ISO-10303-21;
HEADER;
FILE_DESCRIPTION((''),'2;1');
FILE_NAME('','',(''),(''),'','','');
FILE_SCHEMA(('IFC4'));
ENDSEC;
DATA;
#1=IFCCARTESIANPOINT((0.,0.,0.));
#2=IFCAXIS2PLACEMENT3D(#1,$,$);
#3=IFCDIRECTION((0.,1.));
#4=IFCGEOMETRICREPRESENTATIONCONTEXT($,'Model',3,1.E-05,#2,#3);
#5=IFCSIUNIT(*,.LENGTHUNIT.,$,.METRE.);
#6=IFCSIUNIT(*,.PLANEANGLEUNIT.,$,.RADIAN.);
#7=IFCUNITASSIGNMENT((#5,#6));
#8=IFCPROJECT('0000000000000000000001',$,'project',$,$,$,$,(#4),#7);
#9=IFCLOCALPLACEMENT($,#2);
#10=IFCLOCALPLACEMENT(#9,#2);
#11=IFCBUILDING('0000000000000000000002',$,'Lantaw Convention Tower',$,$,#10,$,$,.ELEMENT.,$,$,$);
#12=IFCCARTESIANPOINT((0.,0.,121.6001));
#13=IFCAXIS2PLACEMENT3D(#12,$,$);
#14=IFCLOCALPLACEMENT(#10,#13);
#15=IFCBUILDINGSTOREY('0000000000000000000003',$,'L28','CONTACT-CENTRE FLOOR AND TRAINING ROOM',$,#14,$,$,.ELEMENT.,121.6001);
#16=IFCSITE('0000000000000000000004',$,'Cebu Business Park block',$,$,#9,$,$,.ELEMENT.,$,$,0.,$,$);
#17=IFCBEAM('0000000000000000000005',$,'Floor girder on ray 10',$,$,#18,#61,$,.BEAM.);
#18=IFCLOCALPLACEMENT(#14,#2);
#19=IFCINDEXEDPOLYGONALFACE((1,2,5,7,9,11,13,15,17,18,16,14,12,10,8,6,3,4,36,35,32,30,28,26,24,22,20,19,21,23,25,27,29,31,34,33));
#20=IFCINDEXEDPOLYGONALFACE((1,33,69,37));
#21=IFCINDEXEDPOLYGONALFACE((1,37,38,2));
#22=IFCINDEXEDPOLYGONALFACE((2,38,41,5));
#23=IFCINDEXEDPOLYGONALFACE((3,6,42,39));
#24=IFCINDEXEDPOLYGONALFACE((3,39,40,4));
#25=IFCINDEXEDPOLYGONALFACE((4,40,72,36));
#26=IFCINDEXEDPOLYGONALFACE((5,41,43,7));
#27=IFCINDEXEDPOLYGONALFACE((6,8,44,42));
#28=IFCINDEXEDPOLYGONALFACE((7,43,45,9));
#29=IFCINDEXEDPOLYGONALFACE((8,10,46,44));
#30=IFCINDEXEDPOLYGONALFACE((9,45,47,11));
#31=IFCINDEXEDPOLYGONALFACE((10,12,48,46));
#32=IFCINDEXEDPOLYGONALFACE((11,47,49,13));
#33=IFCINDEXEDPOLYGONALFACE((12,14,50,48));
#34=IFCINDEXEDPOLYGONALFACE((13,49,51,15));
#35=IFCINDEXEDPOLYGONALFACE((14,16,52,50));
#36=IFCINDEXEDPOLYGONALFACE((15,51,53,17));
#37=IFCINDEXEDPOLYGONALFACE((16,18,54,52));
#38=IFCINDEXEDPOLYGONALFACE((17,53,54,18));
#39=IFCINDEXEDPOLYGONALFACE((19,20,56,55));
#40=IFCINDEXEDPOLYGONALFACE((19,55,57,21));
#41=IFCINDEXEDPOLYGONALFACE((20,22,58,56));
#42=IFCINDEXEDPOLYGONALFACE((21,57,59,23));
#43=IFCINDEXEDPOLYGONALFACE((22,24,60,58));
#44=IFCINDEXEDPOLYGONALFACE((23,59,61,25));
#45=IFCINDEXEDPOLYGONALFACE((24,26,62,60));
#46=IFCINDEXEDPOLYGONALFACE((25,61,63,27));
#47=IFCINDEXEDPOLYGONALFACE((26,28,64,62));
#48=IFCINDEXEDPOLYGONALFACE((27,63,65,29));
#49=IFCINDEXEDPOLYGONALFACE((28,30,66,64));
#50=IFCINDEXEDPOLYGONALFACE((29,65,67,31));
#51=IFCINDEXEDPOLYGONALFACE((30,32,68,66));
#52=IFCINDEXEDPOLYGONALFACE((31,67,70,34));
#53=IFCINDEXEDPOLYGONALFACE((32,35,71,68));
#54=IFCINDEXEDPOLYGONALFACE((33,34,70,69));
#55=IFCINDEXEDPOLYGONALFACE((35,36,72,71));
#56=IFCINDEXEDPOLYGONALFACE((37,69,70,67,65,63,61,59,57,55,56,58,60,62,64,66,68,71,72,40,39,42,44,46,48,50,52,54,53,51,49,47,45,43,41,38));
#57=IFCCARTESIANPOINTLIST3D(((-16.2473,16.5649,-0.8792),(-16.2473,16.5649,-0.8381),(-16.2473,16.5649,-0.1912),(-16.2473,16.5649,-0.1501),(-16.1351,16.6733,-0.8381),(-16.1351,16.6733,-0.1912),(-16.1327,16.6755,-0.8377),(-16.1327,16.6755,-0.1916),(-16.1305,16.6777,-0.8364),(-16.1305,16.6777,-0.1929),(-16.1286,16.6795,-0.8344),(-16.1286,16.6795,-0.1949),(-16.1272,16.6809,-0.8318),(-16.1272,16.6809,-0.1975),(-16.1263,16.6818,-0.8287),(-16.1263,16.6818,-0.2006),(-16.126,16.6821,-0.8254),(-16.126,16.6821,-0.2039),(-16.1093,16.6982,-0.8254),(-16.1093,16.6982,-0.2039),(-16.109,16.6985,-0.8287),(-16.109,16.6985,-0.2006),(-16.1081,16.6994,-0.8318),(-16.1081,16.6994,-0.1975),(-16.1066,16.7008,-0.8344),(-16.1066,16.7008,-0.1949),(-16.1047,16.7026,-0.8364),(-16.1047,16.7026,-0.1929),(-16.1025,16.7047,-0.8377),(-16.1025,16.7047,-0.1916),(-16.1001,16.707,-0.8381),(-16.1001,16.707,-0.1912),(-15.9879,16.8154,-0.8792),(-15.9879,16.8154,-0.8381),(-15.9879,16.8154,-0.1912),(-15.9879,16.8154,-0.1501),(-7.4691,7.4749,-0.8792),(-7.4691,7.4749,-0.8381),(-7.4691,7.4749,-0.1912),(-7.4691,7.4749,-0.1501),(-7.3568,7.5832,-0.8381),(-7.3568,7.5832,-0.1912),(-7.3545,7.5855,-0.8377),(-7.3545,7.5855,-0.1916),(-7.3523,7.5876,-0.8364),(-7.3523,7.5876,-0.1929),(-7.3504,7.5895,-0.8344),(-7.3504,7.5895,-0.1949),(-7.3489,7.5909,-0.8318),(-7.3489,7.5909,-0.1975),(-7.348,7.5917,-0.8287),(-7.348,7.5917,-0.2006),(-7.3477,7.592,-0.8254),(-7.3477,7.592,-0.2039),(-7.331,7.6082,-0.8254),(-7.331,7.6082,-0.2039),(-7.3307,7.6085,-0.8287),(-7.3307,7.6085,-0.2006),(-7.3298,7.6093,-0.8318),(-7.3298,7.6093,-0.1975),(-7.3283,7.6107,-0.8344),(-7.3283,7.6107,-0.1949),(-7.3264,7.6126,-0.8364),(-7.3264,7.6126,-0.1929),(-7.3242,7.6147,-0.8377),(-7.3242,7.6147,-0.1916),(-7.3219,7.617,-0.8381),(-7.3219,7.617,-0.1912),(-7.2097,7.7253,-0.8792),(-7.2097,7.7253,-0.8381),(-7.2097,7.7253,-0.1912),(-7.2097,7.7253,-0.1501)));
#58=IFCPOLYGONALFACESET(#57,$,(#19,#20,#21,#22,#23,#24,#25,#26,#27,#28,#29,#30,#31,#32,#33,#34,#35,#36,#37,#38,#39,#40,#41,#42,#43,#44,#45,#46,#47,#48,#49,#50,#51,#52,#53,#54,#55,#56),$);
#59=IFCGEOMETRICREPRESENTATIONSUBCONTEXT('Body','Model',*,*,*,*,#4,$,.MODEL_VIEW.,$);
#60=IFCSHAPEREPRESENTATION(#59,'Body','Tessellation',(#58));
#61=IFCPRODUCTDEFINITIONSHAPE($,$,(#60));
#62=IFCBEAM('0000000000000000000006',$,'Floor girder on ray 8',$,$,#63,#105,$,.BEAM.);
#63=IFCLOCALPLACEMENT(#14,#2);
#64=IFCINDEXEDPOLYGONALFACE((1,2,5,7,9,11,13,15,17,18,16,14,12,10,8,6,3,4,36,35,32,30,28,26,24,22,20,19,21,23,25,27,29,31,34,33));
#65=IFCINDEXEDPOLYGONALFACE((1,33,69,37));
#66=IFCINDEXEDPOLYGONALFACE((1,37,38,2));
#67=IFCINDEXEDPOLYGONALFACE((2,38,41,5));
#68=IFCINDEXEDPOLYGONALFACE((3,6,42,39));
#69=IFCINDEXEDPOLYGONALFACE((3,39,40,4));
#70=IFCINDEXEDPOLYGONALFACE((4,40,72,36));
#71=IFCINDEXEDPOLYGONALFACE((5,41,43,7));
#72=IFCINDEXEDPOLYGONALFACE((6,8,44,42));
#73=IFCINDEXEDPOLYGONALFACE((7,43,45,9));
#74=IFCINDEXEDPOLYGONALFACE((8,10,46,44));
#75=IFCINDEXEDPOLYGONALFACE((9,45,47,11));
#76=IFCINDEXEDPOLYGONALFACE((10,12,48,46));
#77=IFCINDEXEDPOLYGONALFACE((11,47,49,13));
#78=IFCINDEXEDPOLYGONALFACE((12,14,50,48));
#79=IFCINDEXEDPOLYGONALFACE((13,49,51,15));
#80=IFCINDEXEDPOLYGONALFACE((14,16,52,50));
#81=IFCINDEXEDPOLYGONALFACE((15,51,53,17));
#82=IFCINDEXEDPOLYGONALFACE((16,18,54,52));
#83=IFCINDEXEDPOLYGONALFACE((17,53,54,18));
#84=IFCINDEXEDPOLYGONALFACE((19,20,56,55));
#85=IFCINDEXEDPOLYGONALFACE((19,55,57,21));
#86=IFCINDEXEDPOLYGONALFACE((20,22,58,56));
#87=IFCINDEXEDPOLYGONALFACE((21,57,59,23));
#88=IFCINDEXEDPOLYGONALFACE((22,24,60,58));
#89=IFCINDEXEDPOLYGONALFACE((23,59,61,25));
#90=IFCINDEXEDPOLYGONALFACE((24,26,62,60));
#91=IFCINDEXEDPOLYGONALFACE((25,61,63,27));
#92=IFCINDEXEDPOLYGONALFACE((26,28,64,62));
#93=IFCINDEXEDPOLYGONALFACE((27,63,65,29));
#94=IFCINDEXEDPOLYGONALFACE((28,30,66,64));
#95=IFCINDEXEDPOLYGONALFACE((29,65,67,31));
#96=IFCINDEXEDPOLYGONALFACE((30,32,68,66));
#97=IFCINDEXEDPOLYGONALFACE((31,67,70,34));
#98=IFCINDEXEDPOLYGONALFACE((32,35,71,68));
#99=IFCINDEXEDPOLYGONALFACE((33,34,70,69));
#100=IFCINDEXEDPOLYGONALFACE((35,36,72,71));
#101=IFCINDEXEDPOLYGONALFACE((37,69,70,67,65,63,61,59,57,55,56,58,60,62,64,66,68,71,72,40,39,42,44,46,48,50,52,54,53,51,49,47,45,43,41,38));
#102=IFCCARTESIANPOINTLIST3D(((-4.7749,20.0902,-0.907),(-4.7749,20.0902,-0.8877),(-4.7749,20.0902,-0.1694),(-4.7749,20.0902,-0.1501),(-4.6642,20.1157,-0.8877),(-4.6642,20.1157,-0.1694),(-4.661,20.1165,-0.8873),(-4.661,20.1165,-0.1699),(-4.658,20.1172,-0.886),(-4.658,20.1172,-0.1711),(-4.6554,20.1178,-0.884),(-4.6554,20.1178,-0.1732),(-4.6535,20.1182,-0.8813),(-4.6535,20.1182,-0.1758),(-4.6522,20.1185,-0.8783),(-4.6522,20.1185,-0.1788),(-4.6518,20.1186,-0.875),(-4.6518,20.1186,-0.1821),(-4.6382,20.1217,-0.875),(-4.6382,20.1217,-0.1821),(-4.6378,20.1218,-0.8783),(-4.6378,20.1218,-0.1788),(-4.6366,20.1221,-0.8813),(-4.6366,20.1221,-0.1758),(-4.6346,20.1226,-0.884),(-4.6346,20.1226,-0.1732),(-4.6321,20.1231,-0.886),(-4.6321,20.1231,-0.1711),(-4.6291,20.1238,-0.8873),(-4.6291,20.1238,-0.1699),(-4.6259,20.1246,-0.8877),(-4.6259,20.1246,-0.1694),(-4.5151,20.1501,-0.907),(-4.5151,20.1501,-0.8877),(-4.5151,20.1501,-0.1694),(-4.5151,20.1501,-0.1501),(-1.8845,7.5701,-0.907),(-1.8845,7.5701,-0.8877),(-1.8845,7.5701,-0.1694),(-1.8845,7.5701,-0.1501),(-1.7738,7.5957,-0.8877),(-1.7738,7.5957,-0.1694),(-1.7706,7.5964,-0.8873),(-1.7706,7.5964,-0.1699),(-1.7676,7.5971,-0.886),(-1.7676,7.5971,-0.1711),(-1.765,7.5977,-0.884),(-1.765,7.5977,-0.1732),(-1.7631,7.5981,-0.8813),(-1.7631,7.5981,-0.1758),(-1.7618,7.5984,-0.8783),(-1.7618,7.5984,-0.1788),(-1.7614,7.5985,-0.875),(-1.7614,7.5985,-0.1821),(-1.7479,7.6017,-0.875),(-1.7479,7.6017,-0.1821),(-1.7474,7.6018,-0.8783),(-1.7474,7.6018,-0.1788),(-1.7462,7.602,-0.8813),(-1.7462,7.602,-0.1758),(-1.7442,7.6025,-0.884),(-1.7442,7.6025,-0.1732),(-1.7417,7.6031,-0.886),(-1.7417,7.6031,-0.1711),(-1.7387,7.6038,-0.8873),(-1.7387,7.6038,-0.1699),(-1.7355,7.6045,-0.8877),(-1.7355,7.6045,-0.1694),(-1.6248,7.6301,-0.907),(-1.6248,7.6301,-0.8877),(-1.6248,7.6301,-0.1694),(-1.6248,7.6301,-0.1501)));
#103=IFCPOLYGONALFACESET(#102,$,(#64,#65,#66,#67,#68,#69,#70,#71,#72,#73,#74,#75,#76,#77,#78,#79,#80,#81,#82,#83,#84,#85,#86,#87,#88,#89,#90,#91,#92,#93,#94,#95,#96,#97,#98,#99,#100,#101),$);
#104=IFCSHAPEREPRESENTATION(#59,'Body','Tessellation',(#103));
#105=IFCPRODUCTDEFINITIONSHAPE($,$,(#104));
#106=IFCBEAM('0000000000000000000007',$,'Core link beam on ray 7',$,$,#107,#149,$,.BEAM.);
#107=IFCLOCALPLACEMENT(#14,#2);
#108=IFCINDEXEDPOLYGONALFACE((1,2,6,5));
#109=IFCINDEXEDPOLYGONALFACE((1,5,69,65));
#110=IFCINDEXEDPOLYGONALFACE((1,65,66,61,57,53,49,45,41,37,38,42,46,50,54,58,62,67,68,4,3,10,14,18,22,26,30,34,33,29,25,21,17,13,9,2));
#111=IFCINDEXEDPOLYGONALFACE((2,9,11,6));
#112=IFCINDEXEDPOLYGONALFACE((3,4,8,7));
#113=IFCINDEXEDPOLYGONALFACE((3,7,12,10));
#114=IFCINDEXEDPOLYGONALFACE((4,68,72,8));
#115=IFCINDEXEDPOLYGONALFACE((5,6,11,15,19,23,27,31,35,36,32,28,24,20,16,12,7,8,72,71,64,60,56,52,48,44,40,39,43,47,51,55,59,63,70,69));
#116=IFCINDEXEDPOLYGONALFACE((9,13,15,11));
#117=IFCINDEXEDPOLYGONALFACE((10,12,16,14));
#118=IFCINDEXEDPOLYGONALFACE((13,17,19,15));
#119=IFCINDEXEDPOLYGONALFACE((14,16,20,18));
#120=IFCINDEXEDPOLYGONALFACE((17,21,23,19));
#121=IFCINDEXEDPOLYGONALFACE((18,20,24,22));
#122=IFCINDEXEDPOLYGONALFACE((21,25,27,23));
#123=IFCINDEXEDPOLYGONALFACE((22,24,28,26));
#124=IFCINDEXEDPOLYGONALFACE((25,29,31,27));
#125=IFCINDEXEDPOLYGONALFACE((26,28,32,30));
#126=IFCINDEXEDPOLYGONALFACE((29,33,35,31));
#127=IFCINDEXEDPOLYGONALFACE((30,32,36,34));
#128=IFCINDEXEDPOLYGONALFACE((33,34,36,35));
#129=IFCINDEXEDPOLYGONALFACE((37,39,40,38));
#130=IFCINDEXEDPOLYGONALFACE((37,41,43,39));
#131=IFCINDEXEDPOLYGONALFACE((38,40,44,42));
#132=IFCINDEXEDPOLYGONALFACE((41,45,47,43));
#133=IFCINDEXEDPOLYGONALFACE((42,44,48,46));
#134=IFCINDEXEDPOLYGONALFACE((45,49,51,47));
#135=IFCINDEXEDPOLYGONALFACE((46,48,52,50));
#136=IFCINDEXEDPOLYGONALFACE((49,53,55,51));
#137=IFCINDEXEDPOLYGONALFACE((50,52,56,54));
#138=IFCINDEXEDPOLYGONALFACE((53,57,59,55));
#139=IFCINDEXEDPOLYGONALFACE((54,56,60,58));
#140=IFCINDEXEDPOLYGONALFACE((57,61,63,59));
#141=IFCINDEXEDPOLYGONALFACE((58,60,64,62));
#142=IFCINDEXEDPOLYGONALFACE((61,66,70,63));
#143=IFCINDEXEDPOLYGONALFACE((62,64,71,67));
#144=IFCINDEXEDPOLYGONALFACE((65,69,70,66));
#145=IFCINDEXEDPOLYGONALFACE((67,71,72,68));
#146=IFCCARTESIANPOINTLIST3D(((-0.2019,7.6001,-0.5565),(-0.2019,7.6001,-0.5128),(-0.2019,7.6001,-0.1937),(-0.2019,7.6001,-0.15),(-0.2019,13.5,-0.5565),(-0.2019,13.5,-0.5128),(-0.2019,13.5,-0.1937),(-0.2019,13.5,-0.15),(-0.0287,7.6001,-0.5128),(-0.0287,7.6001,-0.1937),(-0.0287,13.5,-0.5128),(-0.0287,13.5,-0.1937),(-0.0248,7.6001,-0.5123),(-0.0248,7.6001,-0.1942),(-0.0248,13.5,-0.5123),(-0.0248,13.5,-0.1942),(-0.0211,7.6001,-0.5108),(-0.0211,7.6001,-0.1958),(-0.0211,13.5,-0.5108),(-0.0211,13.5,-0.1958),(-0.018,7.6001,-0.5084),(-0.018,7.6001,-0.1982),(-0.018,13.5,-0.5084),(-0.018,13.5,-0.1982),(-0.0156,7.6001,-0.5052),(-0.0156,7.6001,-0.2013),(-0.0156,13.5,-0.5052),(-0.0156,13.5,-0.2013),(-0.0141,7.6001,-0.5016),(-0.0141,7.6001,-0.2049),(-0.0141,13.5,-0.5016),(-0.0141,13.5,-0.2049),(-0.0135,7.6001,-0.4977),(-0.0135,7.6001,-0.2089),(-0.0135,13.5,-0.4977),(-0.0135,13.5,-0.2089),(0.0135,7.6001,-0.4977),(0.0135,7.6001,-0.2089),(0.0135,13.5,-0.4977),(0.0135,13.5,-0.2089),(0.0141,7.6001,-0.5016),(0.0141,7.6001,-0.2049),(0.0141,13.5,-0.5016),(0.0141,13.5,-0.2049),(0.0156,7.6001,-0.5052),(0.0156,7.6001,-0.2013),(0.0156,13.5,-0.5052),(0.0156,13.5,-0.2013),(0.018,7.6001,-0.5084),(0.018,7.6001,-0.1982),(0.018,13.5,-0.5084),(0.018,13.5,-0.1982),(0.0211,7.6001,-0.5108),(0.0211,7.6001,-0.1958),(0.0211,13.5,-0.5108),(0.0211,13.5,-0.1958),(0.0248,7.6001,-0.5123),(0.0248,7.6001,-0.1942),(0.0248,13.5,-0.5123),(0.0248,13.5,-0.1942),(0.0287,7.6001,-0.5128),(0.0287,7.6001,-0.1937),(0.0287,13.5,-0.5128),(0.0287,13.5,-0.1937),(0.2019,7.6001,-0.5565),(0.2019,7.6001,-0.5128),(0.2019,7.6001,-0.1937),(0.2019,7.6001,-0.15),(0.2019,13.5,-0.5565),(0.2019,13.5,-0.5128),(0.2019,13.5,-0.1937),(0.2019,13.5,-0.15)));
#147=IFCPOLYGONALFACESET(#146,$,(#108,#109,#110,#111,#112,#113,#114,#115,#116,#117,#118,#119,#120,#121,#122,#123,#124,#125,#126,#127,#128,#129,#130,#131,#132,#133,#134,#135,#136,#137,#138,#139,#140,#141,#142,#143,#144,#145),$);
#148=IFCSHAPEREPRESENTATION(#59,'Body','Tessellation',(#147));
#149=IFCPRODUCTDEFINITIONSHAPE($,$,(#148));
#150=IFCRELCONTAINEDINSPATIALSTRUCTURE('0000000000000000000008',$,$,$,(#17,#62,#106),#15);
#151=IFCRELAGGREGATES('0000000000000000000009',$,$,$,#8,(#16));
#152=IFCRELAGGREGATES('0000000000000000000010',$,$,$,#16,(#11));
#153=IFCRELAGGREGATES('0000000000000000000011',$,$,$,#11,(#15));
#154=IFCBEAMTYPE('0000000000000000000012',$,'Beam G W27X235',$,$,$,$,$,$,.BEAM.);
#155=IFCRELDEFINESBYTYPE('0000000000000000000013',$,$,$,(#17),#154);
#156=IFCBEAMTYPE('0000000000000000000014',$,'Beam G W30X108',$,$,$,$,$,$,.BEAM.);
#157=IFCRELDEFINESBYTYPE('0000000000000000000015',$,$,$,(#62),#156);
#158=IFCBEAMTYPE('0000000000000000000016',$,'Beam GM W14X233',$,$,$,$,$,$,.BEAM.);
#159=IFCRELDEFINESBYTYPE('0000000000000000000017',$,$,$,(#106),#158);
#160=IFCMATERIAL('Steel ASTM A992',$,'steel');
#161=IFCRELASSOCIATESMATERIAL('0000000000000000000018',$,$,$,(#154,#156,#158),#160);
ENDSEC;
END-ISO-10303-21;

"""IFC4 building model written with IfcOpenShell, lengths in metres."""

from ifc_helpers import new_model, si_unit, direction, frame, origin, origin_2d, place, context, subcontext, project, spatial, i_section, extrude, material, material_profile, profile_set, type_object, element, save


model = new_model("IFC4")

# Units and contexts
model_context = context("Model", 3, precision=1e-05, world=origin(), true_north=direction((0.0, 1.0)))
body_context = subcontext(model_context, "Body", "Model", "MODEL_VIEW")
ifc_project = project(units=[si_unit("LENGTHUNIT", "METRE"), si_unit("PLANEANGLEUNIT", "RADIAN")], contexts=[model_context])

# Site, building, storey
site_placement = place(None, origin())
site = spatial("IfcSite", under=ifc_project, at=site_placement, Name="Cebu Business Park block", CompositionType="ELEMENT", RefElevation=0.0)
building_placement = place(site_placement, origin())
building = spatial("IfcBuilding", under=site, at=building_placement, Name="Lantaw Convention Tower", CompositionType="ELEMENT")
storey_placement = place(building_placement, frame((0.0, 0.0, 121.6001)))
storey = spatial("IfcBuildingStorey", under=building, at=storey_placement, Name="L28", Description="CONTACT-CENTRE FLOOR AND TRAINING ROOM", CompositionType="ELEMENT", Elevation=121.6001)

# Beams
ifc_material_1 = material(Name="Steel ASTM A992", Category="steel")
ifc_material_profile_1 = material_profile(ifc_material_1, i_section(OverallWidth=0.3606, OverallDepth=0.729, WebThickness=0.0232, FlangeThickness=0.041, FilletRadius=0.0127, at=origin_2d()), Name="W27X235")
ifc_profile_set_1 = profile_set([ifc_material_profile_1], Name="Steel ASTM A992")
beam_type_1 = type_object("IfcBeamType", Name="Beam G W27X235", PredefinedType="BEAM", material=ifc_profile_set_1)
beam_1_placement = place(storey_placement, frame((-7.3394, 7.6001, -0.5146), z_axis=(-0.694663, 0.719335, 0.0), x_axis=(-0.719335, -0.694663, 0.0)))
element("IfcBeam", 1, at=beam_1_placement, inside=storey, type_object=beam_type_1, Name="Floor girder on ray 10", PredefinedType="BEAM", context=body_context, shape_type="SweptSolid", body=[
    extrude(i_section(OverallWidth=0.3606, OverallDepth=0.729, WebThickness=0.0232, FlangeThickness=0.041, FilletRadius=0.0127, at=origin_2d()), origin(), (0.0, 0.0, 1.0), 12.6367),
])
ifc_material_profile_2 = material_profile(ifc_material_1, i_section(OverallWidth=0.2666, OverallDepth=0.7568, WebThickness=0.0139, FlangeThickness=0.0193, FilletRadius=0.0127, at=origin_2d()), Name="W30X108")
ifc_profile_set_2 = profile_set([ifc_material_profile_2], Name="Steel ASTM A992")
beam_type_2 = type_object("IfcBeamType", Name="Beam G W30X108", PredefinedType="BEAM", material=ifc_profile_set_2)
beam_2_placement = place(storey_placement, frame((-1.7546, 7.6001, -0.5286), z_axis=(-0.224944, 0.974372, 0.0), x_axis=(-0.974372, -0.224944, 0.0)))
element("IfcBeam", 2, at=beam_2_placement, inside=storey, type_object=beam_type_2, Name="Floor girder on ray 8", PredefinedType="BEAM", context=body_context, shape_type="SweptSolid", body=[
    extrude(i_section(OverallWidth=0.2666, OverallDepth=0.7568, WebThickness=0.0139, FlangeThickness=0.0193, FilletRadius=0.0127, at=origin_2d()), origin(), (0.0, 0.0, 1.0), 12.8494),
])
ifc_material_profile_3 = material_profile(ifc_material_1, i_section(OverallWidth=0.4038, OverallDepth=0.4065, WebThickness=0.0271, FlangeThickness=0.0437, FilletRadius=0.0151, at=origin_2d()), Name="W14X233")
ifc_profile_set_3 = profile_set([ifc_material_profile_3], Name="Steel ASTM A992")
beam_type_3 = type_object("IfcBeamType", Name="Beam GM W14X233", PredefinedType="BEAM", material=ifc_profile_set_3)
beam_3_placement = place(storey_placement, frame((0.0, 7.6001, -0.3533), z_axis=(0.0, 1.0, 0.0), x_axis=(-1.0, 0.0, 0.0)))
element("IfcBeam", 3, at=beam_3_placement, inside=storey, type_object=beam_type_3, Name="Core link beam on ray 7", PredefinedType="BEAM", context=body_context, shape_type="SweptSolid", body=[
    extrude(i_section(OverallWidth=0.4038, OverallDepth=0.4065, WebThickness=0.0271, FlangeThickness=0.0437, FilletRadius=0.0151, at=origin_2d()), origin(), (0.0, 0.0, 1.0), 5.8999),
])

save(model, "model.ifc")
